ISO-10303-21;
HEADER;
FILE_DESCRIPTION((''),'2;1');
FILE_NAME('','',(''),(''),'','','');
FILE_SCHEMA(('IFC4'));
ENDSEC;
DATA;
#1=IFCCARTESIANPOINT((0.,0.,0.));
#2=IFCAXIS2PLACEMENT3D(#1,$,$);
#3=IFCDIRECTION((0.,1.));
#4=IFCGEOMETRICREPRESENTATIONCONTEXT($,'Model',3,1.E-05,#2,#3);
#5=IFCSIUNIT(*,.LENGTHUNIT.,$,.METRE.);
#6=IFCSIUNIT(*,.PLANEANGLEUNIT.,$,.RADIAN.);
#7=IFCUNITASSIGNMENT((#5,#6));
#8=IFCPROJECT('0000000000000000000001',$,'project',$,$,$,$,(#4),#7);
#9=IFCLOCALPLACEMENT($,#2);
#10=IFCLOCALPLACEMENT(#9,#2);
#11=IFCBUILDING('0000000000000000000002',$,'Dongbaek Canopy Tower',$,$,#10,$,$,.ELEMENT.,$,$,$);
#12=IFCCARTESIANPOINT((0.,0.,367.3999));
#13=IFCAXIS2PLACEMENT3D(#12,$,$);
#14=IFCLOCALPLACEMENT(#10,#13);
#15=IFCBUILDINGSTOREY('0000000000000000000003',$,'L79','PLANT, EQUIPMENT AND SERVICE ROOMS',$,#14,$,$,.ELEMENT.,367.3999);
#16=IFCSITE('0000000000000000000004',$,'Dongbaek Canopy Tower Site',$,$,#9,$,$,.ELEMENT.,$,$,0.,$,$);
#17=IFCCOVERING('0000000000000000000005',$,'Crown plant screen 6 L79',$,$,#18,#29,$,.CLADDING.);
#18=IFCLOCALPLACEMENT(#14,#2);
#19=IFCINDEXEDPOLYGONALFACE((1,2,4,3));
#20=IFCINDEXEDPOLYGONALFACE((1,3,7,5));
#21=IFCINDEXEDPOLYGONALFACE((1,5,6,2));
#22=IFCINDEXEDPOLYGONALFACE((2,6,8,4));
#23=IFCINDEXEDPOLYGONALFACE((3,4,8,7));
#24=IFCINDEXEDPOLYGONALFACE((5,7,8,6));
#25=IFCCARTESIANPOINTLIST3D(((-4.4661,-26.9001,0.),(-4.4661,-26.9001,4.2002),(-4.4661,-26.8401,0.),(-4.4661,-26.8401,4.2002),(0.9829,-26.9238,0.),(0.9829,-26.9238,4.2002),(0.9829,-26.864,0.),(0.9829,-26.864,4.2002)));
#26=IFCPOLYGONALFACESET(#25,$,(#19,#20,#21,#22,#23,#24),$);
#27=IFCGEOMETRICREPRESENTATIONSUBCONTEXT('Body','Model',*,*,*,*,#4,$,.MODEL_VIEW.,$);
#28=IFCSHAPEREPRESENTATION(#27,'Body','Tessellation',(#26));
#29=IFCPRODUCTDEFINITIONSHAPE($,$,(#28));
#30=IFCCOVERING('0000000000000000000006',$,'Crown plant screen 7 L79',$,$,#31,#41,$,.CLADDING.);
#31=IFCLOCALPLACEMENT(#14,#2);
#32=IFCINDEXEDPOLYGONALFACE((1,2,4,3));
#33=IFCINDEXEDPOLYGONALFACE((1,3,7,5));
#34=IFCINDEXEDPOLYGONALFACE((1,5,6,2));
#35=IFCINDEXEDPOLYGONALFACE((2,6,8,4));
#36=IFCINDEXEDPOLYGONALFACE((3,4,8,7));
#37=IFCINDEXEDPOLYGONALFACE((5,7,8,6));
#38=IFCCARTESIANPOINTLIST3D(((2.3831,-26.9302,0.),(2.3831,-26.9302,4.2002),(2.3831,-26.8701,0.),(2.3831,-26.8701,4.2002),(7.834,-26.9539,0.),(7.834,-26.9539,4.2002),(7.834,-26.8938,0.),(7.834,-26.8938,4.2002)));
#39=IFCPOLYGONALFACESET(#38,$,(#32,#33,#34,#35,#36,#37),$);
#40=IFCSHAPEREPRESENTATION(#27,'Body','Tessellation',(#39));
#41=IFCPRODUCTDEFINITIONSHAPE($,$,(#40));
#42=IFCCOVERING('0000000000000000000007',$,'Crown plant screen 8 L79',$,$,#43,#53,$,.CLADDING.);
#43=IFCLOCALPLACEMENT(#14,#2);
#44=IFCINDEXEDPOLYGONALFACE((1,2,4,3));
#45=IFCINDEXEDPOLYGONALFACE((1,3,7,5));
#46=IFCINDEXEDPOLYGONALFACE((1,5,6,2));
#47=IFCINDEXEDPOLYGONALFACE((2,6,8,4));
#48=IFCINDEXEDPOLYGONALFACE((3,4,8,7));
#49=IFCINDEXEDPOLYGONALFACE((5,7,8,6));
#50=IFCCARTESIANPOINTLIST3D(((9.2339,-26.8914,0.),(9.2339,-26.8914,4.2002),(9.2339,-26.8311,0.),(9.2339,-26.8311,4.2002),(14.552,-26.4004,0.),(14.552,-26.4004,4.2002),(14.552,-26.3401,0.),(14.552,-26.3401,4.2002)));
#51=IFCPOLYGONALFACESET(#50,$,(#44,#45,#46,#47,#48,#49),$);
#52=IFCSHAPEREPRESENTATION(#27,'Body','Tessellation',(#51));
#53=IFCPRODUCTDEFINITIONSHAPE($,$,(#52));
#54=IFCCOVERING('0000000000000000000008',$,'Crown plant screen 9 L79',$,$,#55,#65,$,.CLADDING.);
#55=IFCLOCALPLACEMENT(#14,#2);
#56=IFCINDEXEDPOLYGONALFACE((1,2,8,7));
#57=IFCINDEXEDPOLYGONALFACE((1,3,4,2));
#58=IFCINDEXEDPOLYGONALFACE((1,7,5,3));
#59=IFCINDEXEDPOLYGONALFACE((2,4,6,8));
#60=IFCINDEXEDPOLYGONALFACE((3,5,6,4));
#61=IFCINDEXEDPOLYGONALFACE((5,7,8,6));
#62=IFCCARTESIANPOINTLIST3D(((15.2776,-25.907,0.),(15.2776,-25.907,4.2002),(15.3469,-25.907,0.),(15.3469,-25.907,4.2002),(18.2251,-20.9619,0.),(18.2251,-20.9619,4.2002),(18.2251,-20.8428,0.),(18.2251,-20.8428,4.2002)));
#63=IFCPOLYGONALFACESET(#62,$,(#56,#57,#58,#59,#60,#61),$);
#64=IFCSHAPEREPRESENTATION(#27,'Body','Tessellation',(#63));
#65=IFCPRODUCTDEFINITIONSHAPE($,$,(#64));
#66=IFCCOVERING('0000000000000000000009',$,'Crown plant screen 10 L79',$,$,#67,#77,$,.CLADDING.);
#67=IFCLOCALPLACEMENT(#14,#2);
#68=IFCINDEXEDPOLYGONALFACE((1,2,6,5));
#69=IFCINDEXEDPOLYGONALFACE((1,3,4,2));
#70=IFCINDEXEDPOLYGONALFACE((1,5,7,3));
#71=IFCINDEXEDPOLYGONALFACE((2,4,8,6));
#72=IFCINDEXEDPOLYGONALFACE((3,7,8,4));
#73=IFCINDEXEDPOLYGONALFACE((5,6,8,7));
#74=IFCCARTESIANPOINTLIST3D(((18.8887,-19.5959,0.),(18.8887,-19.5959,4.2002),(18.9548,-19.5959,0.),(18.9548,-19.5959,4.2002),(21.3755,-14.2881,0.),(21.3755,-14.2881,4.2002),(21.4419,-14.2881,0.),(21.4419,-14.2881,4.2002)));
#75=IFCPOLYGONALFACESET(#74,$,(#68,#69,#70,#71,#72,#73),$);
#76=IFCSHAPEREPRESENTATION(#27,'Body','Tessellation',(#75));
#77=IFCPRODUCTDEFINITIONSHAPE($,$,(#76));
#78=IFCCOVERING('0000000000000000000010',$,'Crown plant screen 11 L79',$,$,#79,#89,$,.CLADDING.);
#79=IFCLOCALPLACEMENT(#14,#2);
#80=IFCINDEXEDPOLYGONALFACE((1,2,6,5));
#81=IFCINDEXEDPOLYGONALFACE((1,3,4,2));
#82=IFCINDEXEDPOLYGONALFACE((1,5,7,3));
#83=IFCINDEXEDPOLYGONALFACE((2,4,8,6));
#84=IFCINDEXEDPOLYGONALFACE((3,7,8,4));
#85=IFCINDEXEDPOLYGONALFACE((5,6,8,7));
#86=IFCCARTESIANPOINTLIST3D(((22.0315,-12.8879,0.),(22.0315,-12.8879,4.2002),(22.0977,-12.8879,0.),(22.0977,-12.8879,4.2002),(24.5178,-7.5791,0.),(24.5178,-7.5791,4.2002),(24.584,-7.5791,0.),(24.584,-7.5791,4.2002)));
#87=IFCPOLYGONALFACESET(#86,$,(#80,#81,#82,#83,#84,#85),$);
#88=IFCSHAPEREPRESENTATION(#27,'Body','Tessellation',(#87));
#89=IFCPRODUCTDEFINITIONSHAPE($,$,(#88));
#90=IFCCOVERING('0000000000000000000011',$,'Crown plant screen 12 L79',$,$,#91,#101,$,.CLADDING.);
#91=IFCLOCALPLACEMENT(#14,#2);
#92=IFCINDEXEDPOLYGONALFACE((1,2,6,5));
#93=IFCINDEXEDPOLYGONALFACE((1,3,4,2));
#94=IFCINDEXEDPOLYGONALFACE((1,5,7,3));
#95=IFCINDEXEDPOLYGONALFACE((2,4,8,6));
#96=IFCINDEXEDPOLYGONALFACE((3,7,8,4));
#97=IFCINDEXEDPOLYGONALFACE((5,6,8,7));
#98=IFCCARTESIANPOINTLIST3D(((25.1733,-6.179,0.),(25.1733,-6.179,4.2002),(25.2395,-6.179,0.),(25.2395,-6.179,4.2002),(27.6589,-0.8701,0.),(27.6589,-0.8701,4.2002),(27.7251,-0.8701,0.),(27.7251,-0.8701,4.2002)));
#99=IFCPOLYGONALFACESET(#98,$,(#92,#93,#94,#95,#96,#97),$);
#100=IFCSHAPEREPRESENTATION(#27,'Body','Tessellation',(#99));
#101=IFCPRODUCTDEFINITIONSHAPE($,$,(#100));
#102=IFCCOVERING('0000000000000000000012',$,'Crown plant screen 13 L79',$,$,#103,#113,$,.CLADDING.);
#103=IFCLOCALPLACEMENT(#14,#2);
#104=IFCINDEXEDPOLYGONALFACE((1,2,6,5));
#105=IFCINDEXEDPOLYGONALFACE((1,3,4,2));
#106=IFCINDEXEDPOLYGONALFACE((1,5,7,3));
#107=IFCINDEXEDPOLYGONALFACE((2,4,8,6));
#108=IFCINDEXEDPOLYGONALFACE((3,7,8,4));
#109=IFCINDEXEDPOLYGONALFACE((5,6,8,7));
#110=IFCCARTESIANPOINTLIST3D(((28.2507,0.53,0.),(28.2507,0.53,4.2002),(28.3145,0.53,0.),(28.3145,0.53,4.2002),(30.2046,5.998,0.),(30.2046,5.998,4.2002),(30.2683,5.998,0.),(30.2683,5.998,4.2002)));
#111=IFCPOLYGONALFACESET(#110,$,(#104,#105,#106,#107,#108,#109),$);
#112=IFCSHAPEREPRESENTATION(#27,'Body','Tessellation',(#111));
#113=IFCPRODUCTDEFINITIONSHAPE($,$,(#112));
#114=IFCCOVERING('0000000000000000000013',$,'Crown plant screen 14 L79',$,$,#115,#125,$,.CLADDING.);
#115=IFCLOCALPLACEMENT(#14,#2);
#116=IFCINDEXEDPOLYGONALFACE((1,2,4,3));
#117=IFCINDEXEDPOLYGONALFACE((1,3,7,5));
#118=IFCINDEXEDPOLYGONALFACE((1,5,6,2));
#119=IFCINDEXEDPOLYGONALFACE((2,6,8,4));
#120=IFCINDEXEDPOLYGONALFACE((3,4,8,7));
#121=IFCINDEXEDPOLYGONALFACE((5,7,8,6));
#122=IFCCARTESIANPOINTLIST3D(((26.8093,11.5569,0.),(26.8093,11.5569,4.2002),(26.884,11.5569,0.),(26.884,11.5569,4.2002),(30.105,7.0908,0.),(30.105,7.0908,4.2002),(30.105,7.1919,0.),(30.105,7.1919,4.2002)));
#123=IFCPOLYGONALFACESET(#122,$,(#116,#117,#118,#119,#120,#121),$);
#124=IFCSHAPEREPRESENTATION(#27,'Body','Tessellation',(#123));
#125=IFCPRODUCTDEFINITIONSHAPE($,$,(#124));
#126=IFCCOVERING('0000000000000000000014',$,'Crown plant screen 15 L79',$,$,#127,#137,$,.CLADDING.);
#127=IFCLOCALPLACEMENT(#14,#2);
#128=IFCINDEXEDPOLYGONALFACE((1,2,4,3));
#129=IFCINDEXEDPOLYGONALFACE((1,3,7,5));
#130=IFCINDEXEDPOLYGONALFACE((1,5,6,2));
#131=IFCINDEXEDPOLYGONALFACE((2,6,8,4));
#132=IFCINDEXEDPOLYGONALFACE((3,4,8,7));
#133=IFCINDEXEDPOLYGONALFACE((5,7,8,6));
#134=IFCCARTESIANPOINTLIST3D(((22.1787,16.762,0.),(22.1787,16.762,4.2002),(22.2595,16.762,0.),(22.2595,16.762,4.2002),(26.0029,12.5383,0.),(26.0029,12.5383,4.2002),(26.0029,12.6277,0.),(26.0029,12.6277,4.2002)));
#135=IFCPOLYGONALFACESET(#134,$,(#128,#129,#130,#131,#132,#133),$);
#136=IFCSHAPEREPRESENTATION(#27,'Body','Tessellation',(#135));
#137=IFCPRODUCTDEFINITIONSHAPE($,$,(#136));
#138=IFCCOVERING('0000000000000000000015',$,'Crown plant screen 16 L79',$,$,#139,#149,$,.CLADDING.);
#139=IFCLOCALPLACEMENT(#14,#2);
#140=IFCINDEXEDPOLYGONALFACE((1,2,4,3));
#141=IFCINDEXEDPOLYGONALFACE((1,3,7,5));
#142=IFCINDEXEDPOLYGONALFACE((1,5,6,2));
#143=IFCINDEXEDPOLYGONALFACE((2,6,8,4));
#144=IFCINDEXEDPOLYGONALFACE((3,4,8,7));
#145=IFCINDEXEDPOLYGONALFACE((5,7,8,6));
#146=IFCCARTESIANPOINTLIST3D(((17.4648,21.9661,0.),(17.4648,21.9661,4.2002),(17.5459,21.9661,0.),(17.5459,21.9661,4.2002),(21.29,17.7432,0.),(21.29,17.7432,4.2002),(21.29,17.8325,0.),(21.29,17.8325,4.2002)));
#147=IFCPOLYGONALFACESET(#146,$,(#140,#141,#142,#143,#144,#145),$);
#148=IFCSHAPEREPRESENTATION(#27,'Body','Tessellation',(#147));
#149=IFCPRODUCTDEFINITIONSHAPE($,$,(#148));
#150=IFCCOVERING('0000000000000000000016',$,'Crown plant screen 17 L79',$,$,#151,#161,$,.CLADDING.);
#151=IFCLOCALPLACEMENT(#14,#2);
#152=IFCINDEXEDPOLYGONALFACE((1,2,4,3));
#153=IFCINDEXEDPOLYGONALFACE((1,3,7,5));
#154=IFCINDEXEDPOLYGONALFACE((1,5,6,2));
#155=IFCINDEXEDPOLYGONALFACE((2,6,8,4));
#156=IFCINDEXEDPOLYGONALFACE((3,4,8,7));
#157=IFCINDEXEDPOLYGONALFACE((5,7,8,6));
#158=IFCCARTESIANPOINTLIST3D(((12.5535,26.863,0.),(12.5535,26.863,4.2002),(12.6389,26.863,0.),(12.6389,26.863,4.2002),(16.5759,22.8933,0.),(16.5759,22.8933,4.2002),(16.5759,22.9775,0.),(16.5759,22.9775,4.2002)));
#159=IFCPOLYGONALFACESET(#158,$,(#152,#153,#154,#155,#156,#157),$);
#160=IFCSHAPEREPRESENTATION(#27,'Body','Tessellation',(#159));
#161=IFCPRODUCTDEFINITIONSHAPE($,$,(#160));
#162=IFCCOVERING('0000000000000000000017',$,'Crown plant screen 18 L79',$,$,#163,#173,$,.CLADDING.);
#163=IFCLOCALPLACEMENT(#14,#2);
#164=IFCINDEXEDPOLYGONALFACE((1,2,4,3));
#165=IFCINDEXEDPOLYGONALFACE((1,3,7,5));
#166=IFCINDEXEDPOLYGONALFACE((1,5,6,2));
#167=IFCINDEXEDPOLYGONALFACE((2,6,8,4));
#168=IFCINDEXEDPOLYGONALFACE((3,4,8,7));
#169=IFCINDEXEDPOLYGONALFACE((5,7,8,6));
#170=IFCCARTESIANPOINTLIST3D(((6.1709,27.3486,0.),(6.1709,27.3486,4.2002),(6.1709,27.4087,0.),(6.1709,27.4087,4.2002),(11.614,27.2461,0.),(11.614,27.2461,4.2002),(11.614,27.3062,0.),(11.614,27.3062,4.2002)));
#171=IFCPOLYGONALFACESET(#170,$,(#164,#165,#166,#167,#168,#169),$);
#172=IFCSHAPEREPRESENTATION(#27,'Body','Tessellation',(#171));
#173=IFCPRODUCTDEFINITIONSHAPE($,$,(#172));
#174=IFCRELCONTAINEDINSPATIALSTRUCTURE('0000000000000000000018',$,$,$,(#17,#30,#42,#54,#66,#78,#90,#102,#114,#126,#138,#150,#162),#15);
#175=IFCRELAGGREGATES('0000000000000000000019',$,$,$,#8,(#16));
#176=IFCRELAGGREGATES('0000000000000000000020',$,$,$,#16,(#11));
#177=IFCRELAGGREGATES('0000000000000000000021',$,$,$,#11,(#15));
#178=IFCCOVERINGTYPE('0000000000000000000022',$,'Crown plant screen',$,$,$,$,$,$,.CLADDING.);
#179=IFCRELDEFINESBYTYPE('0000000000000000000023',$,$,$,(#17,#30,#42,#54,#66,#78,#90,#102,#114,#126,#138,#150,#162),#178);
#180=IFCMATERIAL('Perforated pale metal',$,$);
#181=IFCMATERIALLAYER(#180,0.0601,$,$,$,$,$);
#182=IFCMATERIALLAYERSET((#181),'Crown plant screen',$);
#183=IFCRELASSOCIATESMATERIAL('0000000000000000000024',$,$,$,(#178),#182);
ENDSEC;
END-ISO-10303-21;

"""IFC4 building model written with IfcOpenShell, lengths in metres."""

from ifc_helpers import new_model, si_unit, direction, frame, origin, place, context, subcontext, project, spatial, polyline, outline, extrude, material, layer, layer_set, type_object, element, save


model = new_model("IFC4")

# Units and contexts
model_context = context("Model", 3, precision=1e-05, world=origin(), true_north=direction((0.0, 1.0)))
body_context = subcontext(model_context, "Body", "Model", "MODEL_VIEW")
ifc_project = project(units=[si_unit("LENGTHUNIT", "METRE"), si_unit("PLANEANGLEUNIT", "RADIAN")], contexts=[model_context])

# Site, building, storey
site_placement = place(None, origin())
site = spatial("IfcSite", under=ifc_project, at=site_placement, Name="Dongbaek Canopy Tower Site", CompositionType="ELEMENT", RefElevation=0.0)
building_placement = place(site_placement, origin())
building = spatial("IfcBuilding", under=site, at=building_placement, Name="Dongbaek Canopy Tower", CompositionType="ELEMENT")
storey_placement = place(building_placement, frame((0.0, 0.0, 367.3999)))
storey = spatial("IfcBuildingStorey", under=building, at=storey_placement, Name="L79", Description="PLANT, EQUIPMENT AND SERVICE ROOMS", CompositionType="ELEMENT", Elevation=367.3999)

# Coverings
ifc_material = material(Name="Perforated pale metal")
ifc_layer = layer(ifc_material, 0.0601)
ifc_layer_set = layer_set([ifc_layer], Name="Crown plant screen")
covering_type = type_object("IfcCoveringType", Name="Crown plant screen", PredefinedType="CLADDING", material=ifc_layer_set)
covering_1_placement = place(storey_placement, origin())
element("IfcCovering", 1, at=covering_1_placement, inside=storey, type_object=covering_type, Name="Crown plant screen 6 L79", PredefinedType="CLADDING", context=body_context, shape_type="SweptSolid", body=[
    extrude(outline(polyline([(-4.4661, -26.9001), (-4.4661, -26.8401), (0.9829, -26.864), (0.9829, -26.9238), (-4.4661, -26.9001)])), origin(), (0.0, 0.0, 1.0), 4.2002),
])
covering_2_placement = place(storey_placement, origin())
element("IfcCovering", 2, at=covering_2_placement, inside=storey, type_object=covering_type, Name="Crown plant screen 7 L79", PredefinedType="CLADDING", context=body_context, shape_type="SweptSolid", body=[
    extrude(outline(polyline([(2.3831, -26.9302), (2.3831, -26.8701), (7.834, -26.8938), (7.834, -26.9539), (2.3831, -26.9302)])), origin(), (0.0, 0.0, 1.0), 4.2002),
])
covering_3_placement = place(storey_placement, origin())
element("IfcCovering", 3, at=covering_3_placement, inside=storey, type_object=covering_type, Name="Crown plant screen 8 L79", PredefinedType="CLADDING", context=body_context, shape_type="SweptSolid", body=[
    extrude(outline(polyline([(9.2339, -26.8914), (9.2339, -26.8311), (14.552, -26.3401), (14.552, -26.4004), (9.2339, -26.8914)])), origin(), (0.0, 0.0, 1.0), 4.2002),
])
covering_4_placement = place(storey_placement, origin())
element("IfcCovering", 4, at=covering_4_placement, inside=storey, type_object=covering_type, Name="Crown plant screen 9 L79", PredefinedType="CLADDING", context=body_context, shape_type="SweptSolid", body=[
    extrude(outline(polyline([(15.3469, -25.907), (15.2776, -25.907), (18.2251, -20.8428), (18.2251, -20.9619), (15.3469, -25.907)])), origin(), (0.0, 0.0, 1.0), 4.2002),
])
covering_5_placement = place(storey_placement, origin())
element("IfcCovering", 5, at=covering_5_placement, inside=storey, type_object=covering_type, Name="Crown plant screen 10 L79", PredefinedType="CLADDING", context=body_context, shape_type="SweptSolid", body=[
    extrude(outline(polyline([(18.9548, -19.5959), (18.8887, -19.5959), (21.3755, -14.2881), (21.4419, -14.2881), (18.9548, -19.5959)])), origin(), (0.0, 0.0, 1.0), 4.2002),
])
covering_6_placement = place(storey_placement, origin())
element("IfcCovering", 6, at=covering_6_placement, inside=storey, type_object=covering_type, Name="Crown plant screen 11 L79", PredefinedType="CLADDING", context=body_context, shape_type="SweptSolid", body=[
    extrude(outline(polyline([(22.0977, -12.8879), (22.0315, -12.8879), (24.5178, -7.5791), (24.584, -7.5791), (22.0977, -12.8879)])), origin(), (0.0, 0.0, 1.0), 4.2002),
])
covering_7_placement = place(storey_placement, origin())
element("IfcCovering", 7, at=covering_7_placement, inside=storey, type_object=covering_type, Name="Crown plant screen 12 L79", PredefinedType="CLADDING", context=body_context, shape_type="SweptSolid", body=[
    extrude(outline(polyline([(25.2395, -6.179), (25.1733, -6.179), (27.6589, -0.8701), (27.7251, -0.8701), (25.2395, -6.179)])), origin(), (0.0, 0.0, 1.0), 4.2002),
])
covering_8_placement = place(storey_placement, origin())
element("IfcCovering", 8, at=covering_8_placement, inside=storey, type_object=covering_type, Name="Crown plant screen 13 L79", PredefinedType="CLADDING", context=body_context, shape_type="SweptSolid", body=[
    extrude(outline(polyline([(28.3145, 0.53), (28.2507, 0.53), (30.2046, 5.998), (30.2683, 5.998), (28.3145, 0.53)])), origin(), (0.0, 0.0, 1.0), 4.2002),
])
covering_9_placement = place(storey_placement, origin())
element("IfcCovering", 9, at=covering_9_placement, inside=storey, type_object=covering_type, Name="Crown plant screen 14 L79", PredefinedType="CLADDING", context=body_context, shape_type="SweptSolid", body=[
    extrude(outline(polyline([(30.105, 7.1919), (30.105, 7.0908), (26.8093, 11.5569), (26.884, 11.5569), (30.105, 7.1919)])), origin(), (0.0, 0.0, 1.0), 4.2002),
])
covering_10_placement = place(storey_placement, origin())
element("IfcCovering", 10, at=covering_10_placement, inside=storey, type_object=covering_type, Name="Crown plant screen 15 L79", PredefinedType="CLADDING", context=body_context, shape_type="SweptSolid", body=[
    extrude(outline(polyline([(26.0029, 12.6277), (26.0029, 12.5383), (22.1787, 16.762), (22.2595, 16.762), (26.0029, 12.6277)])), origin(), (0.0, 0.0, 1.0), 4.2002),
])
covering_11_placement = place(storey_placement, origin())
element("IfcCovering", 11, at=covering_11_placement, inside=storey, type_object=covering_type, Name="Crown plant screen 16 L79", PredefinedType="CLADDING", context=body_context, shape_type="SweptSolid", body=[
    extrude(outline(polyline([(21.29, 17.8325), (21.29, 17.7432), (17.4648, 21.9661), (17.5459, 21.9661), (21.29, 17.8325)])), origin(), (0.0, 0.0, 1.0), 4.2002),
])
covering_12_placement = place(storey_placement, origin())
element("IfcCovering", 12, at=covering_12_placement, inside=storey, type_object=covering_type, Name="Crown plant screen 17 L79", PredefinedType="CLADDING", context=body_context, shape_type="SweptSolid", body=[
    extrude(outline(polyline([(16.5759, 22.9775), (16.5759, 22.8933), (12.5535, 26.863), (12.6389, 26.863), (16.5759, 22.9775)])), origin(), (0.0, 0.0, 1.0), 4.2002),
])
covering_13_placement = place(storey_placement, origin())
element("IfcCovering", 13, at=covering_13_placement, inside=storey, type_object=covering_type, Name="Crown plant screen 18 L79", PredefinedType="CLADDING", context=body_context, shape_type="SweptSolid", body=[
    extrude(outline(polyline([(11.614, 27.3062), (11.614, 27.2461), (6.1709, 27.3486), (6.1709, 27.4087), (11.614, 27.3062)])), origin(), (0.0, 0.0, 1.0), 4.2002),
])

save(model, "model.ifc")
